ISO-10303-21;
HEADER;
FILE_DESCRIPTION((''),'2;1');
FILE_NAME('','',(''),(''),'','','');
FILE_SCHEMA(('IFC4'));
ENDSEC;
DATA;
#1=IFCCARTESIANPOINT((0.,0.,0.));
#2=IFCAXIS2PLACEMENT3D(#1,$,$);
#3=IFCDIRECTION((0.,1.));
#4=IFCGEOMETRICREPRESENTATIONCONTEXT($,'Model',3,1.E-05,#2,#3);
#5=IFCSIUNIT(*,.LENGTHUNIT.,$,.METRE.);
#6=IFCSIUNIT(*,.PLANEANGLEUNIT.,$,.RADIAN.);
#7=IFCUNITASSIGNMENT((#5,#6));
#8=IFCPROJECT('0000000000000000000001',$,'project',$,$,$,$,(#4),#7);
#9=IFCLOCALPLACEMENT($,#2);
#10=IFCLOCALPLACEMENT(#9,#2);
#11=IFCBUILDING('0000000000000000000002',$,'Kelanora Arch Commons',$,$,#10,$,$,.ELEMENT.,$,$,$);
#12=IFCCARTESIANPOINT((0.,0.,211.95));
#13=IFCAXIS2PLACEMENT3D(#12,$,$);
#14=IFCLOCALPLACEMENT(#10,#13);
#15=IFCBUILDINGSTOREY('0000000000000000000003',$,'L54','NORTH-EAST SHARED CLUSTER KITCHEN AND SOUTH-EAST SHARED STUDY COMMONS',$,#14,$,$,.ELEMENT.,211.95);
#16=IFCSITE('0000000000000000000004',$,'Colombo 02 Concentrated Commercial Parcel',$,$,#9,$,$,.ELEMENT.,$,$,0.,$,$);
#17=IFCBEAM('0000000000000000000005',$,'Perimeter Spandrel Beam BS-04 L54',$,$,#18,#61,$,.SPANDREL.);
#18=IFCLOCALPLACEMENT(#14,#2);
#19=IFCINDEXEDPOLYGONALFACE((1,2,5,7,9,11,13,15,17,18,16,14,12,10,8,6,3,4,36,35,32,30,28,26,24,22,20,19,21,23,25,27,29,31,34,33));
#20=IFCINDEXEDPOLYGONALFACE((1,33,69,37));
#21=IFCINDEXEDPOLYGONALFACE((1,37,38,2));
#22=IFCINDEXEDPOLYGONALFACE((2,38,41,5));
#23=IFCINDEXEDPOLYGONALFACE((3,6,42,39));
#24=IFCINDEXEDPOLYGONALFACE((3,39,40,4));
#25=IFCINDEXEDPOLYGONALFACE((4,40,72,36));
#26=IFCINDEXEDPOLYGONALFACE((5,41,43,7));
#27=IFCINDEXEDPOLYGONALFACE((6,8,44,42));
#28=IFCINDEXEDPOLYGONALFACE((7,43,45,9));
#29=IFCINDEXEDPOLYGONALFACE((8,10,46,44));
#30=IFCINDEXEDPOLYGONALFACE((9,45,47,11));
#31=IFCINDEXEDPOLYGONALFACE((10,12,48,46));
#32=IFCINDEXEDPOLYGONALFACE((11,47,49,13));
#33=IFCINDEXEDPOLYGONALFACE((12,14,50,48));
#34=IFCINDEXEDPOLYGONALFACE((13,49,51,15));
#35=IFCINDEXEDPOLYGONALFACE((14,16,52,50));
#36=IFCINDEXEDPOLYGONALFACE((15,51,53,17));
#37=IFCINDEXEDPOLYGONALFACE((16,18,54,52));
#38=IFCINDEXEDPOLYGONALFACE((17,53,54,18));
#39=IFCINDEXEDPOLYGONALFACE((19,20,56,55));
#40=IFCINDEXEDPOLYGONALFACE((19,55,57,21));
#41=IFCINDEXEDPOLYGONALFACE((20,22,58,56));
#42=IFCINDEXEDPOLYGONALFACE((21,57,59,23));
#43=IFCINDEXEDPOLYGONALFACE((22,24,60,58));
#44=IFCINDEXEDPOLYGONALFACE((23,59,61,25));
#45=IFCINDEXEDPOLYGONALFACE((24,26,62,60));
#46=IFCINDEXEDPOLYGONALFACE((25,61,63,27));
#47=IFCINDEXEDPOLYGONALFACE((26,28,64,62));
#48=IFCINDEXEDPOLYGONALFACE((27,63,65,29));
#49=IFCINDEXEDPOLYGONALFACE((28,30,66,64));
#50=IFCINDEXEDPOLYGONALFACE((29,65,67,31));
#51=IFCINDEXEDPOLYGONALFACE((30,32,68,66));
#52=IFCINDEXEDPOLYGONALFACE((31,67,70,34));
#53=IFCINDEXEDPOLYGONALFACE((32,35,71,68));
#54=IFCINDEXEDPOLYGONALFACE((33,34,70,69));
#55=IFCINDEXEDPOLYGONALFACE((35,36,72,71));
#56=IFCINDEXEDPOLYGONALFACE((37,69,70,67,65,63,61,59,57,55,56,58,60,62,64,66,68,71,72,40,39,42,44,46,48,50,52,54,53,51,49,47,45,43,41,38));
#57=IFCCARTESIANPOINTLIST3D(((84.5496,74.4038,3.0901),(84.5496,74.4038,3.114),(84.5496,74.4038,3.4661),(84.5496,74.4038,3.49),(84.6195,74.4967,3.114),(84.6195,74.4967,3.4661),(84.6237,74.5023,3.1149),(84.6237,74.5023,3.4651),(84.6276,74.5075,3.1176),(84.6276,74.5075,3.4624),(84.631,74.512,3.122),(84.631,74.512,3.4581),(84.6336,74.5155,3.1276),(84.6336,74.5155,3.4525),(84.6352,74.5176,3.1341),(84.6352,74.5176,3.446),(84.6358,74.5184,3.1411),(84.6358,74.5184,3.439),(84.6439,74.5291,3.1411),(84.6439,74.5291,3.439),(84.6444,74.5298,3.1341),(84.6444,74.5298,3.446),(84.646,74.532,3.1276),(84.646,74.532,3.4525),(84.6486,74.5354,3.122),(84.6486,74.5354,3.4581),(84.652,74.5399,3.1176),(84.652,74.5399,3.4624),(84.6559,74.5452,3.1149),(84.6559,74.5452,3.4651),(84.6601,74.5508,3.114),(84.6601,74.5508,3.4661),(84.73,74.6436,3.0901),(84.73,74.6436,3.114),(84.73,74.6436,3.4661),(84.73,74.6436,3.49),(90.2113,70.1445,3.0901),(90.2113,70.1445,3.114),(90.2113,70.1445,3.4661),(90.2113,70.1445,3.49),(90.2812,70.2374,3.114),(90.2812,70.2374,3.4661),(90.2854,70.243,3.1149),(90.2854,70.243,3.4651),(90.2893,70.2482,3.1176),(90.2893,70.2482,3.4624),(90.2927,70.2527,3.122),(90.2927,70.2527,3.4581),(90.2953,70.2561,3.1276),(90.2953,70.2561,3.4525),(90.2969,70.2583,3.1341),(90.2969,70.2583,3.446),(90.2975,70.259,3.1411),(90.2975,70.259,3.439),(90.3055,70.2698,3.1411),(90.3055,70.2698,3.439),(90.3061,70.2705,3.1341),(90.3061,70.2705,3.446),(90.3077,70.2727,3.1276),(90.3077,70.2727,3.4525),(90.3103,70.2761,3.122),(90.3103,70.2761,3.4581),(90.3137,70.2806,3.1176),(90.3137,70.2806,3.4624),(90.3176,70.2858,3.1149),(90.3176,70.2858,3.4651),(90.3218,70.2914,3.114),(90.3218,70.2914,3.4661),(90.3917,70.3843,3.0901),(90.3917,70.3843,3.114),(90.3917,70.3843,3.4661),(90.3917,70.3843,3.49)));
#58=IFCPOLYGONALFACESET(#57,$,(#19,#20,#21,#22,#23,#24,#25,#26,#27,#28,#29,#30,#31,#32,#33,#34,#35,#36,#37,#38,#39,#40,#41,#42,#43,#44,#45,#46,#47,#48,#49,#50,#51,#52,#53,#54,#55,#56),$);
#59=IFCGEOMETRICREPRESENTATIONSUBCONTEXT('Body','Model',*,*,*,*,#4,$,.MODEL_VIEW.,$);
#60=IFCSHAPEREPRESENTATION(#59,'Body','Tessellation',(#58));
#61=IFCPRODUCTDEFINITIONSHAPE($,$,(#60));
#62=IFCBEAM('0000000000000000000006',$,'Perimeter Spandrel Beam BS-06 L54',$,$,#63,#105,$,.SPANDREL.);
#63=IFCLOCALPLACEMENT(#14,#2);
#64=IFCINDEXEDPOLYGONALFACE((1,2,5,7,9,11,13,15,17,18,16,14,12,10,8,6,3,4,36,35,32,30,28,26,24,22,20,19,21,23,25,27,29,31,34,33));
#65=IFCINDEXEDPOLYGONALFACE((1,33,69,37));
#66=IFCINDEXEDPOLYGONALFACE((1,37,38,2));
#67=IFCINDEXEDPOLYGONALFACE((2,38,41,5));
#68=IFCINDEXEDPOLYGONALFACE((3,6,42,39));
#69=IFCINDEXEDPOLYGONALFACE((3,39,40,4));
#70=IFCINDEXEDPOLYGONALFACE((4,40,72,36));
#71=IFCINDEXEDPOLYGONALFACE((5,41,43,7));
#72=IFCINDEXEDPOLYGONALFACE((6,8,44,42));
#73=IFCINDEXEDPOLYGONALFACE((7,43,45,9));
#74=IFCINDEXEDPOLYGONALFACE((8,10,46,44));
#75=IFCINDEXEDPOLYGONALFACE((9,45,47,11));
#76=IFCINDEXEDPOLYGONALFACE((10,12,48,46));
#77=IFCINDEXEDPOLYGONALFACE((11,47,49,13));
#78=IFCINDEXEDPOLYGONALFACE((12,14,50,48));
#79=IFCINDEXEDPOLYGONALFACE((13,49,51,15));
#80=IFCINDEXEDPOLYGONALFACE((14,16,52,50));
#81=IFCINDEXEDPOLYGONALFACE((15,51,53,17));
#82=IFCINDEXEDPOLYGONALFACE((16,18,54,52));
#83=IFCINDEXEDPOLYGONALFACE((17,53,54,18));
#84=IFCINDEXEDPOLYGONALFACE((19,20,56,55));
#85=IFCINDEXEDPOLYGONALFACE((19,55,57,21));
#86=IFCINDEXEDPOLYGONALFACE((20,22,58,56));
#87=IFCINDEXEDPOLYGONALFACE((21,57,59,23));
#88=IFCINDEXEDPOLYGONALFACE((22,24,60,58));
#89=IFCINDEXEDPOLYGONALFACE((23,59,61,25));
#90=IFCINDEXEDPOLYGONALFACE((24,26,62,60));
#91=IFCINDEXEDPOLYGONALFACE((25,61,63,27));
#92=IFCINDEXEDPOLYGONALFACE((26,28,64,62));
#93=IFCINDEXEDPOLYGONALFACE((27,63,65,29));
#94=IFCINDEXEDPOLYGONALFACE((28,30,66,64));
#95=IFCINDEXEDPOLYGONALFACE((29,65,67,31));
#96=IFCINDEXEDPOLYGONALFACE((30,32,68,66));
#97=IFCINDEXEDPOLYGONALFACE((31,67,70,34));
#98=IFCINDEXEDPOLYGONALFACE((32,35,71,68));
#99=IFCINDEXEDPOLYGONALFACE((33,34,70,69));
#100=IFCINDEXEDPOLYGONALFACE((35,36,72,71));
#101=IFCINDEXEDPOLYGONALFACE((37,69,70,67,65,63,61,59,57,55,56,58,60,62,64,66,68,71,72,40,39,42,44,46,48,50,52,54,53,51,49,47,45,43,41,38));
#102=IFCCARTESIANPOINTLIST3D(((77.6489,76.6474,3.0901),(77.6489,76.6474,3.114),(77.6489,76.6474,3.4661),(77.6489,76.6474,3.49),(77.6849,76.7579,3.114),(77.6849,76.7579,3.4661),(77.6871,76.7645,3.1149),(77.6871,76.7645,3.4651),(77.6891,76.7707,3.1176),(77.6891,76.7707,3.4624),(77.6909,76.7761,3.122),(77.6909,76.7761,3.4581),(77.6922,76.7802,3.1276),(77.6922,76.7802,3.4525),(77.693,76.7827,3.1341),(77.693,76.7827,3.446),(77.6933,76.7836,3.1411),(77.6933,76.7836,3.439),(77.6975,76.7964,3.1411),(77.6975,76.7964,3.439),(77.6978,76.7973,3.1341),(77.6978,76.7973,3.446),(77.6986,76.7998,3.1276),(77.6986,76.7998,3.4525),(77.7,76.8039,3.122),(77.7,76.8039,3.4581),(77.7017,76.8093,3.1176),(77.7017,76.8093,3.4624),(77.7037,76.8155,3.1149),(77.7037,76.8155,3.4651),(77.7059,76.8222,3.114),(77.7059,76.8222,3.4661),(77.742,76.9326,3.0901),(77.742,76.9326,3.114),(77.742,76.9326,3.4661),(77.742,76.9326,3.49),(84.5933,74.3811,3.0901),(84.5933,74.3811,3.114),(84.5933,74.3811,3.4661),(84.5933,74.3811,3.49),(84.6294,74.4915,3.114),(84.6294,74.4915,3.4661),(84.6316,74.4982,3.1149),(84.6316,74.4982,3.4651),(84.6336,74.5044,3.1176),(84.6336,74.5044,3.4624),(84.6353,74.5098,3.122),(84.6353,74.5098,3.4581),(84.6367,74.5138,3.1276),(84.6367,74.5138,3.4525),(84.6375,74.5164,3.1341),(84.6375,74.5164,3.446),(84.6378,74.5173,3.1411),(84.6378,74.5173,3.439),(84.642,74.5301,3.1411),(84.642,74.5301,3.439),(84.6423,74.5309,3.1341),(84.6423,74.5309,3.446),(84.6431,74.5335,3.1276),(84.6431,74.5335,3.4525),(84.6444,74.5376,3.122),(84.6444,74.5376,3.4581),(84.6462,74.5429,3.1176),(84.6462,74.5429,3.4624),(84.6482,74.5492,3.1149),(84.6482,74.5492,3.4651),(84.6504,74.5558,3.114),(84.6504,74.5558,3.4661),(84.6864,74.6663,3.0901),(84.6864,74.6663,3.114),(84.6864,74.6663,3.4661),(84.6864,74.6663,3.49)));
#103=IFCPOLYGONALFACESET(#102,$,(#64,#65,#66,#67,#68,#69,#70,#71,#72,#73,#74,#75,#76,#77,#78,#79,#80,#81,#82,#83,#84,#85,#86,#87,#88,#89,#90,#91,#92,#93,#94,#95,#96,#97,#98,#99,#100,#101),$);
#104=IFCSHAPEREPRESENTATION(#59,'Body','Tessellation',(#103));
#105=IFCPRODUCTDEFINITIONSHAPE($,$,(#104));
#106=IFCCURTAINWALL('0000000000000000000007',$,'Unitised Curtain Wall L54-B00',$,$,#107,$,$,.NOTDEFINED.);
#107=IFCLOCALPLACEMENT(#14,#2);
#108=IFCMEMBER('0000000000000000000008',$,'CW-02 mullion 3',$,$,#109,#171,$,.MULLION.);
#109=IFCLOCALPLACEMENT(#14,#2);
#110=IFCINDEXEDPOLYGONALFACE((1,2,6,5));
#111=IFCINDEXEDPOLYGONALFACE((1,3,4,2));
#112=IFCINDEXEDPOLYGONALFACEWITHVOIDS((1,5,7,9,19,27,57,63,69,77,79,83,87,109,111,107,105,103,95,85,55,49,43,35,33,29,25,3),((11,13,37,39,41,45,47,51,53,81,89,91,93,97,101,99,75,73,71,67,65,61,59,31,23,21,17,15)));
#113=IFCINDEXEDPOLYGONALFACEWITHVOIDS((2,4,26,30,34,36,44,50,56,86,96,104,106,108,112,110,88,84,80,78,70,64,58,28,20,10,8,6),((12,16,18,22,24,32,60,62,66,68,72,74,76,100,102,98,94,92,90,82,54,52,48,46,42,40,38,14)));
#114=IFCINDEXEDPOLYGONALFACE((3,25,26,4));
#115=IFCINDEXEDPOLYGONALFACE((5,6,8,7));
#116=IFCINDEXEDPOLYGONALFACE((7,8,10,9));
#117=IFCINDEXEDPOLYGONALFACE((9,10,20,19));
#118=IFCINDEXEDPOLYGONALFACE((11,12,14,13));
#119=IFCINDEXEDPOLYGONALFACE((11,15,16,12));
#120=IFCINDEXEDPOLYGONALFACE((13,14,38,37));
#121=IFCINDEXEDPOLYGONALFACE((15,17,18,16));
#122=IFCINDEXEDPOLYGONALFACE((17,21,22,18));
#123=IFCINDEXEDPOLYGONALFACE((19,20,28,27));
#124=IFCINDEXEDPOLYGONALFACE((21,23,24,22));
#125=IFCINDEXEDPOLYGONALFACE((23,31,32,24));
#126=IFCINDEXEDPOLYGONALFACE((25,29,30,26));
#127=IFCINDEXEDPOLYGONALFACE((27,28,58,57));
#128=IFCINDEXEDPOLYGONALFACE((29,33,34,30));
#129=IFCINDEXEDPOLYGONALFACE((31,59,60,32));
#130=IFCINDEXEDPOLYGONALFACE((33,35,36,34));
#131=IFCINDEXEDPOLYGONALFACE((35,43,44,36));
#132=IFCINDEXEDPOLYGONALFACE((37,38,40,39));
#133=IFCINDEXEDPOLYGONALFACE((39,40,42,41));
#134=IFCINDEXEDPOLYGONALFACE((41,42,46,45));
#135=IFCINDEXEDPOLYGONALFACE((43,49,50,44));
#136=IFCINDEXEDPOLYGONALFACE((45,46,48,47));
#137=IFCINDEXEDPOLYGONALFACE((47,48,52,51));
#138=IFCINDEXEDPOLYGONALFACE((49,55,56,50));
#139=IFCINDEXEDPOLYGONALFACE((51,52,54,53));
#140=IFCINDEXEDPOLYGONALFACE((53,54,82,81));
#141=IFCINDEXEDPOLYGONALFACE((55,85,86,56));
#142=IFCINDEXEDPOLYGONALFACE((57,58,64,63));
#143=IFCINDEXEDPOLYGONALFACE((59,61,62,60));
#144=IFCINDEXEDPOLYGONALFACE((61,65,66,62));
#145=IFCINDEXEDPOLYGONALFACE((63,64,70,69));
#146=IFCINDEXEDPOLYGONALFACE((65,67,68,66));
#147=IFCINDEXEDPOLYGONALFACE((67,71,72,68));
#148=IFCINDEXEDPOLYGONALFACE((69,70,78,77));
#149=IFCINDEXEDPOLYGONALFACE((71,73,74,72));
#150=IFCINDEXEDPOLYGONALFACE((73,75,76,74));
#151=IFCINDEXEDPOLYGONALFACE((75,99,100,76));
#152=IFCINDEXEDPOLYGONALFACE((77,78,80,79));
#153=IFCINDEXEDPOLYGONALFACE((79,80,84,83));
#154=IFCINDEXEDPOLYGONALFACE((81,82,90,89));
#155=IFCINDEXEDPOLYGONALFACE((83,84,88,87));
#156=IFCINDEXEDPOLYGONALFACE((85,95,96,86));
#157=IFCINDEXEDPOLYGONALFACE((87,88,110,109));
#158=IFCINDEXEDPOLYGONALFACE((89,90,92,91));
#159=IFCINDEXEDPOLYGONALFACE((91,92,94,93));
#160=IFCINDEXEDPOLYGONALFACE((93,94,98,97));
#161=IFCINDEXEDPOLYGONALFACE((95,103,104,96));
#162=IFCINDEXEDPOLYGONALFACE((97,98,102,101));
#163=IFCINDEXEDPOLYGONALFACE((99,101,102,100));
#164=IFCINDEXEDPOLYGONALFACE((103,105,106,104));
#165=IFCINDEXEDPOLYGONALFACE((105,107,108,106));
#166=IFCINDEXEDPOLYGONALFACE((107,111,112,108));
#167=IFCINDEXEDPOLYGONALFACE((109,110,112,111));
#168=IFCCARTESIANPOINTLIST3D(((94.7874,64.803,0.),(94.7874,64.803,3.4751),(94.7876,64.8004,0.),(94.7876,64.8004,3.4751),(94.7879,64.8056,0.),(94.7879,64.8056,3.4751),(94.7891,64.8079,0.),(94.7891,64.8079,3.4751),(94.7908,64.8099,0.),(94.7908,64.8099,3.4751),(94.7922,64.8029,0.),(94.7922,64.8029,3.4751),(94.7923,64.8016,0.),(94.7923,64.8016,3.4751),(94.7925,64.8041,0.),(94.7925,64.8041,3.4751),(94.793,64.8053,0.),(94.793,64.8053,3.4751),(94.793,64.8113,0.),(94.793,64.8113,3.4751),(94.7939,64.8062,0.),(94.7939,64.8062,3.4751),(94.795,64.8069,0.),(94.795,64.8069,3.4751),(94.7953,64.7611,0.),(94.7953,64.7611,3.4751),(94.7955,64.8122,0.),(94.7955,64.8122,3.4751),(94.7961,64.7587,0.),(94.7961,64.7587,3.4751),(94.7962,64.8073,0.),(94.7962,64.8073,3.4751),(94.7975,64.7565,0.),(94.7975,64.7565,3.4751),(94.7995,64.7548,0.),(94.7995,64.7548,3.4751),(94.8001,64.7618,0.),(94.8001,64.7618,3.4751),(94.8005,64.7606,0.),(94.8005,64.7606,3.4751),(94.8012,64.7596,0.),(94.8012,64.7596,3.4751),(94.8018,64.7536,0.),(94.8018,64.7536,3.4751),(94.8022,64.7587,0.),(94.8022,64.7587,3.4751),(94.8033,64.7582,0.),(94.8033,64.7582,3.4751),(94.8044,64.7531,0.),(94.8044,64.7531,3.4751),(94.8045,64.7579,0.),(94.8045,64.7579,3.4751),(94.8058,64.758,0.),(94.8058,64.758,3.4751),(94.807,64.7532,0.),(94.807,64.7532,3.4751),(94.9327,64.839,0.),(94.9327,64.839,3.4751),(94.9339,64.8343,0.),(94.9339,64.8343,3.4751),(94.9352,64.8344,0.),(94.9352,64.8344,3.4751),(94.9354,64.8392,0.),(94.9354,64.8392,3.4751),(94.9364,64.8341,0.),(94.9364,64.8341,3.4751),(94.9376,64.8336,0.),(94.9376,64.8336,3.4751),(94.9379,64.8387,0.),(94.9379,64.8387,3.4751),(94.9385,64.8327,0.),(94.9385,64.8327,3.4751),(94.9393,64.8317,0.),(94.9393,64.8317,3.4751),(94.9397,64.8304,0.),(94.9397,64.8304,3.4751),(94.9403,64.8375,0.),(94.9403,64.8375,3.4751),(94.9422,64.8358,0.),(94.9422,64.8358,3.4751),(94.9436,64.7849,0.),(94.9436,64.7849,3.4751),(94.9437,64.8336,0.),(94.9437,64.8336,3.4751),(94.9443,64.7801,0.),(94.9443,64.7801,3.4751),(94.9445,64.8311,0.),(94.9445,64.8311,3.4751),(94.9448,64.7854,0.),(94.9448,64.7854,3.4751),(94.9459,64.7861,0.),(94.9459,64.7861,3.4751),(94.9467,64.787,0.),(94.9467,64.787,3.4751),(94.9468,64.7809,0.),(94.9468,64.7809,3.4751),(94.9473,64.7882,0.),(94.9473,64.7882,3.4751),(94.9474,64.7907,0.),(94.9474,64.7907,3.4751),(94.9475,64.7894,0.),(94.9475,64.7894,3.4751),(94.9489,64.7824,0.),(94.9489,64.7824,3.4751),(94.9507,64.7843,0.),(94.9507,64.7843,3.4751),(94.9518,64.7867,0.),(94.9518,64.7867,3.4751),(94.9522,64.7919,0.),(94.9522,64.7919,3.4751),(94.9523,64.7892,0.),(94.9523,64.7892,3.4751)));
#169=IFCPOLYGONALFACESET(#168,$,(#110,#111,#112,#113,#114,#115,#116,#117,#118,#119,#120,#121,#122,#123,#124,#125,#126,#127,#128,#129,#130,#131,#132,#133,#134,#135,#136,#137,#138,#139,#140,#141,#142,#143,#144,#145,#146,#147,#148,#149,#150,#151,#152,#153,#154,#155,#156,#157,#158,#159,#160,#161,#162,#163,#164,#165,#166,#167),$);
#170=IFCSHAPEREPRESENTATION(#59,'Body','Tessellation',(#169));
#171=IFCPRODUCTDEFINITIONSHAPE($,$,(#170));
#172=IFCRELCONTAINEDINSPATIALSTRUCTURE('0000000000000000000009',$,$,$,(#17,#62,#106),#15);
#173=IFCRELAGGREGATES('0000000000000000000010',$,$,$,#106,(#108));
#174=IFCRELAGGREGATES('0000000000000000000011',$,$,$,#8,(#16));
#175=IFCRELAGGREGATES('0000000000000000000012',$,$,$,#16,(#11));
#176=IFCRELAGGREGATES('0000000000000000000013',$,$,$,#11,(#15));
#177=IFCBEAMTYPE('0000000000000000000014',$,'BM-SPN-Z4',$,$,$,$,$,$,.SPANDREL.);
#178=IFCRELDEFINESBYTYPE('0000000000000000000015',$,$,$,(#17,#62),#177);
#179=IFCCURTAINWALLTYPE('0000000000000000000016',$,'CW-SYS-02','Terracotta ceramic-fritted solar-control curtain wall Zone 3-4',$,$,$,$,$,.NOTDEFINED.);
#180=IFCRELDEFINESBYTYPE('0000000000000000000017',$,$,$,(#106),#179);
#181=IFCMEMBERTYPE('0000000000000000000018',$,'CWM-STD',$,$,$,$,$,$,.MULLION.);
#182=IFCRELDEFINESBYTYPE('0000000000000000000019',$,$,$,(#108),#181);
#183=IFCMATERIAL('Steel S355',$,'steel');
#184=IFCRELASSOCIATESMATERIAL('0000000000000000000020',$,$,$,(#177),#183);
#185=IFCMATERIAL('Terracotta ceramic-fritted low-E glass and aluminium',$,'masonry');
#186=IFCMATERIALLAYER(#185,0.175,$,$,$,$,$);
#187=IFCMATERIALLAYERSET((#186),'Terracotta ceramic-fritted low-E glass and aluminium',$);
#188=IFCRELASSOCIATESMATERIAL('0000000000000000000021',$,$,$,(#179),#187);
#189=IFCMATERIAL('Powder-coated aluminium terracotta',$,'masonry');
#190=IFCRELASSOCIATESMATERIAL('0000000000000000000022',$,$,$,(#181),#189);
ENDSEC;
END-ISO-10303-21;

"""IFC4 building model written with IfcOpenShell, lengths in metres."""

from ifc_helpers import new_model, si_unit, direction, frame, origin, origin_2d, place, context, subcontext, project, spatial, hollow_rectangle, i_section, extrude, material, layer, layer_set, material_profile, profile_set, type_object, element, aggregate, save


model = new_model("IFC4")

# Units and contexts
model_context = context("Model", 3, precision=1e-05, world=origin(), true_north=direction((0.0, 1.0)))
body_context = subcontext(model_context, "Body", "Model", "MODEL_VIEW")
ifc_project = project(units=[si_unit("LENGTHUNIT", "METRE"), si_unit("PLANEANGLEUNIT", "RADIAN")], contexts=[model_context])

# Site, building, storey
site_placement = place(None, origin())
site = spatial("IfcSite", under=ifc_project, at=site_placement, Name="Colombo 02 Concentrated Commercial Parcel", CompositionType="ELEMENT", RefElevation=0.0)
building_placement = place(site_placement, origin())
building = spatial("IfcBuilding", under=site, at=building_placement, Name="Kelanora Arch Commons", CompositionType="ELEMENT")
storey_placement = place(building_placement, frame((0.0, 0.0, 211.95)))
storey = spatial("IfcBuildingStorey", under=building, at=storey_placement, Name="L54", Description="NORTH-EAST SHARED CLUSTER KITCHEN AND SOUTH-EAST SHARED STUDY COMMONS", CompositionType="ELEMENT", Elevation=211.95)

# Beams
ifc_material_1 = material(Name="Steel S355", Category="steel")
ifc_material_profile_1 = material_profile(ifc_material_1, i_section(OverallWidth=0.3, OverallDepth=0.3999, WebThickness=0.0134, FlangeThickness=0.0239, FilletRadius=0.0271, at=origin_2d()), Name="HEB400")
ifc_profile_set_1 = profile_set([ifc_material_profile_1], Name="Steel S355")
beam_type_1 = type_object("IfcBeamType", Name="BM-SPN-Z4", PredefinedType="SPANDREL", material=ifc_profile_set_1)
beam_1_placement = place(storey_placement, frame((90.3015, 70.2644, 3.29), z_axis=(-0.799114, 0.601179, 0.0), x_axis=(-0.601179, -0.799114, 0.0)))
element("IfcBeam", 1, at=beam_1_placement, inside=storey, type_object=beam_type_1, Name="Perimeter Spandrel Beam BS-04 L54", PredefinedType="SPANDREL", context=body_context, shape_type="SweptSolid", body=[
    extrude(i_section(OverallWidth=0.3, OverallDepth=0.3999, WebThickness=0.0134, FlangeThickness=0.0239, FilletRadius=0.0271, at=origin_2d()), origin(), (0.0, 0.0, 1.0), 7.085),
])
beam_2_placement = place(storey_placement, frame((84.6399, 74.5237, 3.29), z_axis=(-0.950656, 0.310246, 0.0), x_axis=(-0.310246, -0.950656, 0.0)))
element("IfcBeam", 2, at=beam_2_placement, inside=storey, type_object=beam_type_1, Name="Perimeter Spandrel Beam BS-06 L54", PredefinedType="SPANDREL", context=body_context, shape_type="SweptSolid", body=[
    extrude(i_section(OverallWidth=0.3, OverallDepth=0.3999, WebThickness=0.0134, FlangeThickness=0.0239, FilletRadius=0.0271, at=origin_2d()), origin(), (0.0, 0.0, 1.0), 7.3049),
])

# Curtain wall, member
ifc_material_2 = material(Name="Terracotta ceramic-fritted low-E glass and aluminium", Category="masonry")
ifc_layer_1 = layer(ifc_material_2, 0.175)
ifc_layer_set_1 = layer_set([ifc_layer_1], Name="Terracotta ceramic-fritted low-E glass and aluminium")
curtain_wall_type = type_object("IfcCurtainWallType", Name="CW-SYS-02", Description="Terracotta ceramic-fritted solar-control curtain wall Zone 3-4", PredefinedType="NOTDEFINED", material=ifc_layer_set_1)
curtain_wall_1_placement = place(storey_placement, origin())
curtain_wall_1 = element("IfcCurtainWall", 3, at=curtain_wall_1_placement, inside=storey, type_object=curtain_wall_type, Name="Unitised Curtain Wall L54-B00", PredefinedType="NOTDEFINED")
ifc_material_3 = material(Name="Powder-coated aluminium terracotta", Category="masonry")
ifc_material_profile_2 = material_profile(ifc_material_3, hollow_rectangle(XDim=0.1599, YDim=0.0601, WallThickness=0.0049, InnerFilletRadius=0.0049, OuterFilletRadius=0.01, at=origin_2d()), Name="CWM160x60")
ifc_profile_set_2 = profile_set([ifc_material_profile_2], Name="Powder-coated aluminium terracotta")
member_type_1 = type_object("IfcMemberType", Name="CWM-STD", PredefinedType="MULLION", material=ifc_profile_set_2)
member_1_placement = place(storey_placement, frame((94.8699, 64.7961, 0.0), z_axis=(0.0, 0.0, 1.0), x_axis=(-0.981381, -0.192069, 0.0)))
member_1 = element("IfcMember", 4, at=member_1_placement, type_object=member_type_1, Name="CW-02 mullion 3", PredefinedType="MULLION", context=body_context, shape_type="SweptSolid", body=[
    extrude(hollow_rectangle(XDim=0.1599, YDim=0.0601, WallThickness=0.0049, InnerFilletRadius=0.0049, OuterFilletRadius=0.01, at=origin_2d()), origin(), (0.0, 0.0, 1.0), 3.4751),
])
aggregate(curtain_wall_1, [member_1])

save(model, "model.ifc")
